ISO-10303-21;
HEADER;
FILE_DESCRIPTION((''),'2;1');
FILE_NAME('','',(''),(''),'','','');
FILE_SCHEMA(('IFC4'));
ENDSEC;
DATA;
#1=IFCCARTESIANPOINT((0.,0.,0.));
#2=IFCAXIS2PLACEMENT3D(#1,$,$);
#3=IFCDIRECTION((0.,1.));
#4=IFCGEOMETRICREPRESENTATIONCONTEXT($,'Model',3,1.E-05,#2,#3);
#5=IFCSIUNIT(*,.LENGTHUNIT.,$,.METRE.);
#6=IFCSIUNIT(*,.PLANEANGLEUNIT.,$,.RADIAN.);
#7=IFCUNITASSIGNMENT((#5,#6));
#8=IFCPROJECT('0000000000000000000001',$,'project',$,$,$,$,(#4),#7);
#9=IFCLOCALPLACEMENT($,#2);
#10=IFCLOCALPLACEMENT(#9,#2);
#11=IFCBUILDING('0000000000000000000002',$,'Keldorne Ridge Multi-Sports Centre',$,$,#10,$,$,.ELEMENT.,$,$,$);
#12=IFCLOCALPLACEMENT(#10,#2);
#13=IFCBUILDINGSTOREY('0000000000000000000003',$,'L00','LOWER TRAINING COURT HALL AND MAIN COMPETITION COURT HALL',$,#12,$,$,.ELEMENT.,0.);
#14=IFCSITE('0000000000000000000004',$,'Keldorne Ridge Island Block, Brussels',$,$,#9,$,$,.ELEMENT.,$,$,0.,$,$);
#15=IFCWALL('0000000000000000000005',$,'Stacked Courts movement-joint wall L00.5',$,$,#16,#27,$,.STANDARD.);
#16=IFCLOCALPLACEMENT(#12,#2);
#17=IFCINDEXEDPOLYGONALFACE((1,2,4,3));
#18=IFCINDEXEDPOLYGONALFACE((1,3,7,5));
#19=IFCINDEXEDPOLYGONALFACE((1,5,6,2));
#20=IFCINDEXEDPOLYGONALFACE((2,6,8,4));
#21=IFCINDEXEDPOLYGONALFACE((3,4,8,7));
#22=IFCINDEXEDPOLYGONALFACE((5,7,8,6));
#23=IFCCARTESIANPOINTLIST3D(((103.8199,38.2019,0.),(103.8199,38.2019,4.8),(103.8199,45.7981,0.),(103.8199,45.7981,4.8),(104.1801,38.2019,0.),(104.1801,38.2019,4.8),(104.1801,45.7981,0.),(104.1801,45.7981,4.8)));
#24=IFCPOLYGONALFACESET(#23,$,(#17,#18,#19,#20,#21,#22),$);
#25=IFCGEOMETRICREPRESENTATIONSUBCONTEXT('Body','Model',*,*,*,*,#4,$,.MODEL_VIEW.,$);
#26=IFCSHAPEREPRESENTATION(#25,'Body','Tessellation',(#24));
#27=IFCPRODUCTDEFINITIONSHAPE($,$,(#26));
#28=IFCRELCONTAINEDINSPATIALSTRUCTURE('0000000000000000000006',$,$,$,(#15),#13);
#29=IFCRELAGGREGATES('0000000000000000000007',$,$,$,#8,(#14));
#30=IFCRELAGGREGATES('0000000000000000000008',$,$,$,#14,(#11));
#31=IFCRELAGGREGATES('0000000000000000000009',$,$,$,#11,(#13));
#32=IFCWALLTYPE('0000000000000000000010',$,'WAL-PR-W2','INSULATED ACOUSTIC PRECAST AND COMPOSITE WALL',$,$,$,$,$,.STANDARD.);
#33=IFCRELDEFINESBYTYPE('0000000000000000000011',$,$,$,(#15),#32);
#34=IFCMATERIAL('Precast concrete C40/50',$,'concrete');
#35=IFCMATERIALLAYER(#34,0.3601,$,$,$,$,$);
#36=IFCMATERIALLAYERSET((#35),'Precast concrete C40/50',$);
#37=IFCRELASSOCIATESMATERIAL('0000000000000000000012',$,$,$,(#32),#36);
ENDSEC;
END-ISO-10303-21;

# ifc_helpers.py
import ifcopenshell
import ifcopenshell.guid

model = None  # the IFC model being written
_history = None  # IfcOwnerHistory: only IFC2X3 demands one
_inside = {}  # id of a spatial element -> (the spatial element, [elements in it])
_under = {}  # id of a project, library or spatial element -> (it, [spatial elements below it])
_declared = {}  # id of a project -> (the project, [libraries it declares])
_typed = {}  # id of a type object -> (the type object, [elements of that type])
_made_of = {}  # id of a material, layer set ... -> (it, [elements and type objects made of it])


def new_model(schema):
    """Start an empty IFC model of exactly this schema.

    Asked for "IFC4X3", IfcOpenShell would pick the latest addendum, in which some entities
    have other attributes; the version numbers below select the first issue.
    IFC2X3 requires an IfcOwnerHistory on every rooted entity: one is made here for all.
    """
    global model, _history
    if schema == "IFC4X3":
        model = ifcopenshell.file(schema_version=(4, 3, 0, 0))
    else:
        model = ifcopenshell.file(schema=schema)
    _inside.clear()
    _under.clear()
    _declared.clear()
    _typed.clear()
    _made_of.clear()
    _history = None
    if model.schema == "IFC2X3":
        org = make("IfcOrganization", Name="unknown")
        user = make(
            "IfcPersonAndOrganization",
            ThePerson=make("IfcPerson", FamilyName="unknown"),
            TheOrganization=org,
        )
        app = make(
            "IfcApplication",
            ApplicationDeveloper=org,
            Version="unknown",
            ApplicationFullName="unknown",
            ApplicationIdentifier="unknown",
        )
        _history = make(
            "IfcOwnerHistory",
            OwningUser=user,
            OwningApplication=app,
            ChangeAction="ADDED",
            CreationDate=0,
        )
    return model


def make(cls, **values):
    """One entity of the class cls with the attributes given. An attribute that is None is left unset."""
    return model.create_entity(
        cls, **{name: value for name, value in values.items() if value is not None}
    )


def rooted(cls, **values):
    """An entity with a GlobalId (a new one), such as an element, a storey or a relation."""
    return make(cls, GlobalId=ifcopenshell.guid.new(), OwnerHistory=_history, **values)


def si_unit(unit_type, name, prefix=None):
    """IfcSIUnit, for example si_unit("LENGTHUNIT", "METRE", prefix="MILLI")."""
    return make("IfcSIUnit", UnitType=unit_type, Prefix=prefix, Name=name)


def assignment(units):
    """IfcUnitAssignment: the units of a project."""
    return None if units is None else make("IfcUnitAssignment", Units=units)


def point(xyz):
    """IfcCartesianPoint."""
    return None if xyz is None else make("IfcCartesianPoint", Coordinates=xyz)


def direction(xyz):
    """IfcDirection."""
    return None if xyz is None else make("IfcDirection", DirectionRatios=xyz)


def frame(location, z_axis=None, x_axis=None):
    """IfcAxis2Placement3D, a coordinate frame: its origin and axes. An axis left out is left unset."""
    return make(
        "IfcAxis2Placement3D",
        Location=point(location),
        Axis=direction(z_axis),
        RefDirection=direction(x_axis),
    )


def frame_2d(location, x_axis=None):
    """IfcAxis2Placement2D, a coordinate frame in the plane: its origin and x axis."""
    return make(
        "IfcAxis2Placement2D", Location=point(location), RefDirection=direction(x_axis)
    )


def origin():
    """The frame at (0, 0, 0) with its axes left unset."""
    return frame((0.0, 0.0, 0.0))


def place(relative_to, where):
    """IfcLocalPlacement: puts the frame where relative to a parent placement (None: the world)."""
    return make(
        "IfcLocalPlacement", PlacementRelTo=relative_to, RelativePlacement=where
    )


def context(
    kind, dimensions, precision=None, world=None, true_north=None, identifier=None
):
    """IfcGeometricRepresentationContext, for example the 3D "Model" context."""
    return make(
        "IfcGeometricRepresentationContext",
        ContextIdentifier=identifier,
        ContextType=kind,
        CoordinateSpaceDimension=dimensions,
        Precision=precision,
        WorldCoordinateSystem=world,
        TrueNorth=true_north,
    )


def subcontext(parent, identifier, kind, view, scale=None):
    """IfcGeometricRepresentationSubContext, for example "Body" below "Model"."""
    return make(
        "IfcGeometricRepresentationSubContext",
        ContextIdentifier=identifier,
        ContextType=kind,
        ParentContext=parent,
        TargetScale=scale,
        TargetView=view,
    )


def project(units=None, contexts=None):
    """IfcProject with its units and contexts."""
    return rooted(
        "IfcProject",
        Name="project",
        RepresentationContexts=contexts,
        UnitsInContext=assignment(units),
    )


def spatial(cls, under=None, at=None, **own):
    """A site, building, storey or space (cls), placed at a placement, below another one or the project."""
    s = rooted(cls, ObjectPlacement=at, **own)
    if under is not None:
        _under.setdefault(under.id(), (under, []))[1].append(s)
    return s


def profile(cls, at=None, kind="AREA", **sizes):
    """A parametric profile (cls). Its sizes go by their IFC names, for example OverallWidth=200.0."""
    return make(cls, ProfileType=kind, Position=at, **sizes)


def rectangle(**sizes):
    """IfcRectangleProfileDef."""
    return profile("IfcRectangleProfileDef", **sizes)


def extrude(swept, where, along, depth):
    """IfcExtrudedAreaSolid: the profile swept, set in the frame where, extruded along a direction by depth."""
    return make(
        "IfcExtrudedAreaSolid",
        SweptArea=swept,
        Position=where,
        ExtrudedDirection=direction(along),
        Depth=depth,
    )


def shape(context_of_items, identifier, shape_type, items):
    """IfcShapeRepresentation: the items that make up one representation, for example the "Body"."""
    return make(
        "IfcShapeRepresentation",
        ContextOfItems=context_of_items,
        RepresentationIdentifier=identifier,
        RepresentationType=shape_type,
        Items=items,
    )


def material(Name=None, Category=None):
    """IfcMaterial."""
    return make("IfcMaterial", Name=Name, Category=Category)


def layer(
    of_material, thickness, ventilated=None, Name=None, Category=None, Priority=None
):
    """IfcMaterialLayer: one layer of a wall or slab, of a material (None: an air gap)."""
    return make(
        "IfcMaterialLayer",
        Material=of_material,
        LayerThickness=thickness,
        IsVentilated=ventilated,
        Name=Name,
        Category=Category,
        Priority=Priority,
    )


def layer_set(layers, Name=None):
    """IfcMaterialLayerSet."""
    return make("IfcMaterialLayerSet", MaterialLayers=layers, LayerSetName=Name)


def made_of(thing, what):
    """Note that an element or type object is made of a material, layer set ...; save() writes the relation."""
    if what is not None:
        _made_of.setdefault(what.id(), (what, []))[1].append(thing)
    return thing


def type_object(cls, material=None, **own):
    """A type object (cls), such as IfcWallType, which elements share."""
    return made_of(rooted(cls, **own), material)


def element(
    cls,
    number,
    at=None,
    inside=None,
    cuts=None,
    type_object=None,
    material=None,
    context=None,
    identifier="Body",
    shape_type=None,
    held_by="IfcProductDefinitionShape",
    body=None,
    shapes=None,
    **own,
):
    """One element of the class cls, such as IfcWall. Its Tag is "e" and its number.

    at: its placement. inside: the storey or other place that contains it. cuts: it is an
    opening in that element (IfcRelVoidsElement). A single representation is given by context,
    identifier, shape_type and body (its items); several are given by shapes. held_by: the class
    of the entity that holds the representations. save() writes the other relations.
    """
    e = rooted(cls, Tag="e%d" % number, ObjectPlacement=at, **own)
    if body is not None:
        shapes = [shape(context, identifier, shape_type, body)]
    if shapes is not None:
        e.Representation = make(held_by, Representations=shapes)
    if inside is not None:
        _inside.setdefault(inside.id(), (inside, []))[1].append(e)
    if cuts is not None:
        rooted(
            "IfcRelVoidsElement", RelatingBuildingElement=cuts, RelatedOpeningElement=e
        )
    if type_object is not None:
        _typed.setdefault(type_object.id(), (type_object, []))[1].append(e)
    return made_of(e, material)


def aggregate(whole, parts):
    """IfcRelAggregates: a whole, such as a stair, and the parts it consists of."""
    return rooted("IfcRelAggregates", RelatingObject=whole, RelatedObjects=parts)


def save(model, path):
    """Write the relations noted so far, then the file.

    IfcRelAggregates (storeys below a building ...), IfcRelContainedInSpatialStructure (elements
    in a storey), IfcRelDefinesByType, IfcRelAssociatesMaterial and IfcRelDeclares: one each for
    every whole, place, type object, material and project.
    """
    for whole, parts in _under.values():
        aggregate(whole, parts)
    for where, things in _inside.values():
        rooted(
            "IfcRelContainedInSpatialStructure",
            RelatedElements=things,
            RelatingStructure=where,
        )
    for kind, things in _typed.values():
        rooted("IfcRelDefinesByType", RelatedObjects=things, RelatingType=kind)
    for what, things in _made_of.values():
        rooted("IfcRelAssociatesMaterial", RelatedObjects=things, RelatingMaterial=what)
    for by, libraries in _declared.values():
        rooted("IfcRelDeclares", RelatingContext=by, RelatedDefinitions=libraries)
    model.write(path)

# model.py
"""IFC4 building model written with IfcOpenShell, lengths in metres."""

from ifc_helpers import new_model, si_unit, direction, frame, frame_2d, origin, place, context, subcontext, project, spatial, rectangle, extrude, material, layer, layer_set, type_object, element, save


model = new_model("IFC4")

# Units and contexts
model_context = context("Model", 3, precision=1e-05, world=origin(), true_north=direction((0.0, 1.0)))
body_context = subcontext(model_context, "Body", "Model", "MODEL_VIEW")
ifc_project = project(units=[si_unit("LENGTHUNIT", "METRE"), si_unit("PLANEANGLEUNIT", "RADIAN")], contexts=[model_context])

# Site, building, storey
site_placement = place(None, origin())
site = spatial("IfcSite", under=ifc_project, at=site_placement, Name="Keldorne Ridge Island Block, Brussels", CompositionType="ELEMENT", RefElevation=0.0)
building_placement = place(site_placement, origin())
building = spatial("IfcBuilding", under=site, at=building_placement, Name="Keldorne Ridge Multi-Sports Centre", CompositionType="ELEMENT")
storey_placement = place(building_placement, origin())
storey = spatial("IfcBuildingStorey", under=building, at=storey_placement, Name="L00", Description="LOWER TRAINING COURT HALL AND MAIN COMPETITION COURT HALL", CompositionType="ELEMENT", Elevation=0.0)

# Wall
ifc_material_1 = material(Name="Precast concrete C40/50", Category="concrete")
ifc_layer_1 = layer(ifc_material_1, 0.3601)
ifc_layer_set_1 = layer_set([ifc_layer_1], Name="Precast concrete C40/50")
wall_type = type_object("IfcWallType", Name="WAL-PR-W2", Description="INSULATED ACOUSTIC PRECAST AND COMPOSITE WALL", PredefinedType="STANDARD", material=ifc_layer_set_1)
wall_placement = place(storey_placement, frame((104.0, 45.7981, 0.0), z_axis=(0.0, 0.0, 1.0), x_axis=(0.0, -1.0, 0.0)))
element("IfcWall", 1, at=wall_placement, inside=storey, type_object=wall_type, Name="Stacked Courts movement-joint wall L00.5", PredefinedType="STANDARD", context=body_context, shape_type="SweptSolid", body=[
    extrude(rectangle(XDim=7.5962, YDim=0.3601, at=frame_2d((3.7981, 0.0))), origin(), (0.0, 0.0, 1.0), 4.8),
])

save(model, "model.ifc")
